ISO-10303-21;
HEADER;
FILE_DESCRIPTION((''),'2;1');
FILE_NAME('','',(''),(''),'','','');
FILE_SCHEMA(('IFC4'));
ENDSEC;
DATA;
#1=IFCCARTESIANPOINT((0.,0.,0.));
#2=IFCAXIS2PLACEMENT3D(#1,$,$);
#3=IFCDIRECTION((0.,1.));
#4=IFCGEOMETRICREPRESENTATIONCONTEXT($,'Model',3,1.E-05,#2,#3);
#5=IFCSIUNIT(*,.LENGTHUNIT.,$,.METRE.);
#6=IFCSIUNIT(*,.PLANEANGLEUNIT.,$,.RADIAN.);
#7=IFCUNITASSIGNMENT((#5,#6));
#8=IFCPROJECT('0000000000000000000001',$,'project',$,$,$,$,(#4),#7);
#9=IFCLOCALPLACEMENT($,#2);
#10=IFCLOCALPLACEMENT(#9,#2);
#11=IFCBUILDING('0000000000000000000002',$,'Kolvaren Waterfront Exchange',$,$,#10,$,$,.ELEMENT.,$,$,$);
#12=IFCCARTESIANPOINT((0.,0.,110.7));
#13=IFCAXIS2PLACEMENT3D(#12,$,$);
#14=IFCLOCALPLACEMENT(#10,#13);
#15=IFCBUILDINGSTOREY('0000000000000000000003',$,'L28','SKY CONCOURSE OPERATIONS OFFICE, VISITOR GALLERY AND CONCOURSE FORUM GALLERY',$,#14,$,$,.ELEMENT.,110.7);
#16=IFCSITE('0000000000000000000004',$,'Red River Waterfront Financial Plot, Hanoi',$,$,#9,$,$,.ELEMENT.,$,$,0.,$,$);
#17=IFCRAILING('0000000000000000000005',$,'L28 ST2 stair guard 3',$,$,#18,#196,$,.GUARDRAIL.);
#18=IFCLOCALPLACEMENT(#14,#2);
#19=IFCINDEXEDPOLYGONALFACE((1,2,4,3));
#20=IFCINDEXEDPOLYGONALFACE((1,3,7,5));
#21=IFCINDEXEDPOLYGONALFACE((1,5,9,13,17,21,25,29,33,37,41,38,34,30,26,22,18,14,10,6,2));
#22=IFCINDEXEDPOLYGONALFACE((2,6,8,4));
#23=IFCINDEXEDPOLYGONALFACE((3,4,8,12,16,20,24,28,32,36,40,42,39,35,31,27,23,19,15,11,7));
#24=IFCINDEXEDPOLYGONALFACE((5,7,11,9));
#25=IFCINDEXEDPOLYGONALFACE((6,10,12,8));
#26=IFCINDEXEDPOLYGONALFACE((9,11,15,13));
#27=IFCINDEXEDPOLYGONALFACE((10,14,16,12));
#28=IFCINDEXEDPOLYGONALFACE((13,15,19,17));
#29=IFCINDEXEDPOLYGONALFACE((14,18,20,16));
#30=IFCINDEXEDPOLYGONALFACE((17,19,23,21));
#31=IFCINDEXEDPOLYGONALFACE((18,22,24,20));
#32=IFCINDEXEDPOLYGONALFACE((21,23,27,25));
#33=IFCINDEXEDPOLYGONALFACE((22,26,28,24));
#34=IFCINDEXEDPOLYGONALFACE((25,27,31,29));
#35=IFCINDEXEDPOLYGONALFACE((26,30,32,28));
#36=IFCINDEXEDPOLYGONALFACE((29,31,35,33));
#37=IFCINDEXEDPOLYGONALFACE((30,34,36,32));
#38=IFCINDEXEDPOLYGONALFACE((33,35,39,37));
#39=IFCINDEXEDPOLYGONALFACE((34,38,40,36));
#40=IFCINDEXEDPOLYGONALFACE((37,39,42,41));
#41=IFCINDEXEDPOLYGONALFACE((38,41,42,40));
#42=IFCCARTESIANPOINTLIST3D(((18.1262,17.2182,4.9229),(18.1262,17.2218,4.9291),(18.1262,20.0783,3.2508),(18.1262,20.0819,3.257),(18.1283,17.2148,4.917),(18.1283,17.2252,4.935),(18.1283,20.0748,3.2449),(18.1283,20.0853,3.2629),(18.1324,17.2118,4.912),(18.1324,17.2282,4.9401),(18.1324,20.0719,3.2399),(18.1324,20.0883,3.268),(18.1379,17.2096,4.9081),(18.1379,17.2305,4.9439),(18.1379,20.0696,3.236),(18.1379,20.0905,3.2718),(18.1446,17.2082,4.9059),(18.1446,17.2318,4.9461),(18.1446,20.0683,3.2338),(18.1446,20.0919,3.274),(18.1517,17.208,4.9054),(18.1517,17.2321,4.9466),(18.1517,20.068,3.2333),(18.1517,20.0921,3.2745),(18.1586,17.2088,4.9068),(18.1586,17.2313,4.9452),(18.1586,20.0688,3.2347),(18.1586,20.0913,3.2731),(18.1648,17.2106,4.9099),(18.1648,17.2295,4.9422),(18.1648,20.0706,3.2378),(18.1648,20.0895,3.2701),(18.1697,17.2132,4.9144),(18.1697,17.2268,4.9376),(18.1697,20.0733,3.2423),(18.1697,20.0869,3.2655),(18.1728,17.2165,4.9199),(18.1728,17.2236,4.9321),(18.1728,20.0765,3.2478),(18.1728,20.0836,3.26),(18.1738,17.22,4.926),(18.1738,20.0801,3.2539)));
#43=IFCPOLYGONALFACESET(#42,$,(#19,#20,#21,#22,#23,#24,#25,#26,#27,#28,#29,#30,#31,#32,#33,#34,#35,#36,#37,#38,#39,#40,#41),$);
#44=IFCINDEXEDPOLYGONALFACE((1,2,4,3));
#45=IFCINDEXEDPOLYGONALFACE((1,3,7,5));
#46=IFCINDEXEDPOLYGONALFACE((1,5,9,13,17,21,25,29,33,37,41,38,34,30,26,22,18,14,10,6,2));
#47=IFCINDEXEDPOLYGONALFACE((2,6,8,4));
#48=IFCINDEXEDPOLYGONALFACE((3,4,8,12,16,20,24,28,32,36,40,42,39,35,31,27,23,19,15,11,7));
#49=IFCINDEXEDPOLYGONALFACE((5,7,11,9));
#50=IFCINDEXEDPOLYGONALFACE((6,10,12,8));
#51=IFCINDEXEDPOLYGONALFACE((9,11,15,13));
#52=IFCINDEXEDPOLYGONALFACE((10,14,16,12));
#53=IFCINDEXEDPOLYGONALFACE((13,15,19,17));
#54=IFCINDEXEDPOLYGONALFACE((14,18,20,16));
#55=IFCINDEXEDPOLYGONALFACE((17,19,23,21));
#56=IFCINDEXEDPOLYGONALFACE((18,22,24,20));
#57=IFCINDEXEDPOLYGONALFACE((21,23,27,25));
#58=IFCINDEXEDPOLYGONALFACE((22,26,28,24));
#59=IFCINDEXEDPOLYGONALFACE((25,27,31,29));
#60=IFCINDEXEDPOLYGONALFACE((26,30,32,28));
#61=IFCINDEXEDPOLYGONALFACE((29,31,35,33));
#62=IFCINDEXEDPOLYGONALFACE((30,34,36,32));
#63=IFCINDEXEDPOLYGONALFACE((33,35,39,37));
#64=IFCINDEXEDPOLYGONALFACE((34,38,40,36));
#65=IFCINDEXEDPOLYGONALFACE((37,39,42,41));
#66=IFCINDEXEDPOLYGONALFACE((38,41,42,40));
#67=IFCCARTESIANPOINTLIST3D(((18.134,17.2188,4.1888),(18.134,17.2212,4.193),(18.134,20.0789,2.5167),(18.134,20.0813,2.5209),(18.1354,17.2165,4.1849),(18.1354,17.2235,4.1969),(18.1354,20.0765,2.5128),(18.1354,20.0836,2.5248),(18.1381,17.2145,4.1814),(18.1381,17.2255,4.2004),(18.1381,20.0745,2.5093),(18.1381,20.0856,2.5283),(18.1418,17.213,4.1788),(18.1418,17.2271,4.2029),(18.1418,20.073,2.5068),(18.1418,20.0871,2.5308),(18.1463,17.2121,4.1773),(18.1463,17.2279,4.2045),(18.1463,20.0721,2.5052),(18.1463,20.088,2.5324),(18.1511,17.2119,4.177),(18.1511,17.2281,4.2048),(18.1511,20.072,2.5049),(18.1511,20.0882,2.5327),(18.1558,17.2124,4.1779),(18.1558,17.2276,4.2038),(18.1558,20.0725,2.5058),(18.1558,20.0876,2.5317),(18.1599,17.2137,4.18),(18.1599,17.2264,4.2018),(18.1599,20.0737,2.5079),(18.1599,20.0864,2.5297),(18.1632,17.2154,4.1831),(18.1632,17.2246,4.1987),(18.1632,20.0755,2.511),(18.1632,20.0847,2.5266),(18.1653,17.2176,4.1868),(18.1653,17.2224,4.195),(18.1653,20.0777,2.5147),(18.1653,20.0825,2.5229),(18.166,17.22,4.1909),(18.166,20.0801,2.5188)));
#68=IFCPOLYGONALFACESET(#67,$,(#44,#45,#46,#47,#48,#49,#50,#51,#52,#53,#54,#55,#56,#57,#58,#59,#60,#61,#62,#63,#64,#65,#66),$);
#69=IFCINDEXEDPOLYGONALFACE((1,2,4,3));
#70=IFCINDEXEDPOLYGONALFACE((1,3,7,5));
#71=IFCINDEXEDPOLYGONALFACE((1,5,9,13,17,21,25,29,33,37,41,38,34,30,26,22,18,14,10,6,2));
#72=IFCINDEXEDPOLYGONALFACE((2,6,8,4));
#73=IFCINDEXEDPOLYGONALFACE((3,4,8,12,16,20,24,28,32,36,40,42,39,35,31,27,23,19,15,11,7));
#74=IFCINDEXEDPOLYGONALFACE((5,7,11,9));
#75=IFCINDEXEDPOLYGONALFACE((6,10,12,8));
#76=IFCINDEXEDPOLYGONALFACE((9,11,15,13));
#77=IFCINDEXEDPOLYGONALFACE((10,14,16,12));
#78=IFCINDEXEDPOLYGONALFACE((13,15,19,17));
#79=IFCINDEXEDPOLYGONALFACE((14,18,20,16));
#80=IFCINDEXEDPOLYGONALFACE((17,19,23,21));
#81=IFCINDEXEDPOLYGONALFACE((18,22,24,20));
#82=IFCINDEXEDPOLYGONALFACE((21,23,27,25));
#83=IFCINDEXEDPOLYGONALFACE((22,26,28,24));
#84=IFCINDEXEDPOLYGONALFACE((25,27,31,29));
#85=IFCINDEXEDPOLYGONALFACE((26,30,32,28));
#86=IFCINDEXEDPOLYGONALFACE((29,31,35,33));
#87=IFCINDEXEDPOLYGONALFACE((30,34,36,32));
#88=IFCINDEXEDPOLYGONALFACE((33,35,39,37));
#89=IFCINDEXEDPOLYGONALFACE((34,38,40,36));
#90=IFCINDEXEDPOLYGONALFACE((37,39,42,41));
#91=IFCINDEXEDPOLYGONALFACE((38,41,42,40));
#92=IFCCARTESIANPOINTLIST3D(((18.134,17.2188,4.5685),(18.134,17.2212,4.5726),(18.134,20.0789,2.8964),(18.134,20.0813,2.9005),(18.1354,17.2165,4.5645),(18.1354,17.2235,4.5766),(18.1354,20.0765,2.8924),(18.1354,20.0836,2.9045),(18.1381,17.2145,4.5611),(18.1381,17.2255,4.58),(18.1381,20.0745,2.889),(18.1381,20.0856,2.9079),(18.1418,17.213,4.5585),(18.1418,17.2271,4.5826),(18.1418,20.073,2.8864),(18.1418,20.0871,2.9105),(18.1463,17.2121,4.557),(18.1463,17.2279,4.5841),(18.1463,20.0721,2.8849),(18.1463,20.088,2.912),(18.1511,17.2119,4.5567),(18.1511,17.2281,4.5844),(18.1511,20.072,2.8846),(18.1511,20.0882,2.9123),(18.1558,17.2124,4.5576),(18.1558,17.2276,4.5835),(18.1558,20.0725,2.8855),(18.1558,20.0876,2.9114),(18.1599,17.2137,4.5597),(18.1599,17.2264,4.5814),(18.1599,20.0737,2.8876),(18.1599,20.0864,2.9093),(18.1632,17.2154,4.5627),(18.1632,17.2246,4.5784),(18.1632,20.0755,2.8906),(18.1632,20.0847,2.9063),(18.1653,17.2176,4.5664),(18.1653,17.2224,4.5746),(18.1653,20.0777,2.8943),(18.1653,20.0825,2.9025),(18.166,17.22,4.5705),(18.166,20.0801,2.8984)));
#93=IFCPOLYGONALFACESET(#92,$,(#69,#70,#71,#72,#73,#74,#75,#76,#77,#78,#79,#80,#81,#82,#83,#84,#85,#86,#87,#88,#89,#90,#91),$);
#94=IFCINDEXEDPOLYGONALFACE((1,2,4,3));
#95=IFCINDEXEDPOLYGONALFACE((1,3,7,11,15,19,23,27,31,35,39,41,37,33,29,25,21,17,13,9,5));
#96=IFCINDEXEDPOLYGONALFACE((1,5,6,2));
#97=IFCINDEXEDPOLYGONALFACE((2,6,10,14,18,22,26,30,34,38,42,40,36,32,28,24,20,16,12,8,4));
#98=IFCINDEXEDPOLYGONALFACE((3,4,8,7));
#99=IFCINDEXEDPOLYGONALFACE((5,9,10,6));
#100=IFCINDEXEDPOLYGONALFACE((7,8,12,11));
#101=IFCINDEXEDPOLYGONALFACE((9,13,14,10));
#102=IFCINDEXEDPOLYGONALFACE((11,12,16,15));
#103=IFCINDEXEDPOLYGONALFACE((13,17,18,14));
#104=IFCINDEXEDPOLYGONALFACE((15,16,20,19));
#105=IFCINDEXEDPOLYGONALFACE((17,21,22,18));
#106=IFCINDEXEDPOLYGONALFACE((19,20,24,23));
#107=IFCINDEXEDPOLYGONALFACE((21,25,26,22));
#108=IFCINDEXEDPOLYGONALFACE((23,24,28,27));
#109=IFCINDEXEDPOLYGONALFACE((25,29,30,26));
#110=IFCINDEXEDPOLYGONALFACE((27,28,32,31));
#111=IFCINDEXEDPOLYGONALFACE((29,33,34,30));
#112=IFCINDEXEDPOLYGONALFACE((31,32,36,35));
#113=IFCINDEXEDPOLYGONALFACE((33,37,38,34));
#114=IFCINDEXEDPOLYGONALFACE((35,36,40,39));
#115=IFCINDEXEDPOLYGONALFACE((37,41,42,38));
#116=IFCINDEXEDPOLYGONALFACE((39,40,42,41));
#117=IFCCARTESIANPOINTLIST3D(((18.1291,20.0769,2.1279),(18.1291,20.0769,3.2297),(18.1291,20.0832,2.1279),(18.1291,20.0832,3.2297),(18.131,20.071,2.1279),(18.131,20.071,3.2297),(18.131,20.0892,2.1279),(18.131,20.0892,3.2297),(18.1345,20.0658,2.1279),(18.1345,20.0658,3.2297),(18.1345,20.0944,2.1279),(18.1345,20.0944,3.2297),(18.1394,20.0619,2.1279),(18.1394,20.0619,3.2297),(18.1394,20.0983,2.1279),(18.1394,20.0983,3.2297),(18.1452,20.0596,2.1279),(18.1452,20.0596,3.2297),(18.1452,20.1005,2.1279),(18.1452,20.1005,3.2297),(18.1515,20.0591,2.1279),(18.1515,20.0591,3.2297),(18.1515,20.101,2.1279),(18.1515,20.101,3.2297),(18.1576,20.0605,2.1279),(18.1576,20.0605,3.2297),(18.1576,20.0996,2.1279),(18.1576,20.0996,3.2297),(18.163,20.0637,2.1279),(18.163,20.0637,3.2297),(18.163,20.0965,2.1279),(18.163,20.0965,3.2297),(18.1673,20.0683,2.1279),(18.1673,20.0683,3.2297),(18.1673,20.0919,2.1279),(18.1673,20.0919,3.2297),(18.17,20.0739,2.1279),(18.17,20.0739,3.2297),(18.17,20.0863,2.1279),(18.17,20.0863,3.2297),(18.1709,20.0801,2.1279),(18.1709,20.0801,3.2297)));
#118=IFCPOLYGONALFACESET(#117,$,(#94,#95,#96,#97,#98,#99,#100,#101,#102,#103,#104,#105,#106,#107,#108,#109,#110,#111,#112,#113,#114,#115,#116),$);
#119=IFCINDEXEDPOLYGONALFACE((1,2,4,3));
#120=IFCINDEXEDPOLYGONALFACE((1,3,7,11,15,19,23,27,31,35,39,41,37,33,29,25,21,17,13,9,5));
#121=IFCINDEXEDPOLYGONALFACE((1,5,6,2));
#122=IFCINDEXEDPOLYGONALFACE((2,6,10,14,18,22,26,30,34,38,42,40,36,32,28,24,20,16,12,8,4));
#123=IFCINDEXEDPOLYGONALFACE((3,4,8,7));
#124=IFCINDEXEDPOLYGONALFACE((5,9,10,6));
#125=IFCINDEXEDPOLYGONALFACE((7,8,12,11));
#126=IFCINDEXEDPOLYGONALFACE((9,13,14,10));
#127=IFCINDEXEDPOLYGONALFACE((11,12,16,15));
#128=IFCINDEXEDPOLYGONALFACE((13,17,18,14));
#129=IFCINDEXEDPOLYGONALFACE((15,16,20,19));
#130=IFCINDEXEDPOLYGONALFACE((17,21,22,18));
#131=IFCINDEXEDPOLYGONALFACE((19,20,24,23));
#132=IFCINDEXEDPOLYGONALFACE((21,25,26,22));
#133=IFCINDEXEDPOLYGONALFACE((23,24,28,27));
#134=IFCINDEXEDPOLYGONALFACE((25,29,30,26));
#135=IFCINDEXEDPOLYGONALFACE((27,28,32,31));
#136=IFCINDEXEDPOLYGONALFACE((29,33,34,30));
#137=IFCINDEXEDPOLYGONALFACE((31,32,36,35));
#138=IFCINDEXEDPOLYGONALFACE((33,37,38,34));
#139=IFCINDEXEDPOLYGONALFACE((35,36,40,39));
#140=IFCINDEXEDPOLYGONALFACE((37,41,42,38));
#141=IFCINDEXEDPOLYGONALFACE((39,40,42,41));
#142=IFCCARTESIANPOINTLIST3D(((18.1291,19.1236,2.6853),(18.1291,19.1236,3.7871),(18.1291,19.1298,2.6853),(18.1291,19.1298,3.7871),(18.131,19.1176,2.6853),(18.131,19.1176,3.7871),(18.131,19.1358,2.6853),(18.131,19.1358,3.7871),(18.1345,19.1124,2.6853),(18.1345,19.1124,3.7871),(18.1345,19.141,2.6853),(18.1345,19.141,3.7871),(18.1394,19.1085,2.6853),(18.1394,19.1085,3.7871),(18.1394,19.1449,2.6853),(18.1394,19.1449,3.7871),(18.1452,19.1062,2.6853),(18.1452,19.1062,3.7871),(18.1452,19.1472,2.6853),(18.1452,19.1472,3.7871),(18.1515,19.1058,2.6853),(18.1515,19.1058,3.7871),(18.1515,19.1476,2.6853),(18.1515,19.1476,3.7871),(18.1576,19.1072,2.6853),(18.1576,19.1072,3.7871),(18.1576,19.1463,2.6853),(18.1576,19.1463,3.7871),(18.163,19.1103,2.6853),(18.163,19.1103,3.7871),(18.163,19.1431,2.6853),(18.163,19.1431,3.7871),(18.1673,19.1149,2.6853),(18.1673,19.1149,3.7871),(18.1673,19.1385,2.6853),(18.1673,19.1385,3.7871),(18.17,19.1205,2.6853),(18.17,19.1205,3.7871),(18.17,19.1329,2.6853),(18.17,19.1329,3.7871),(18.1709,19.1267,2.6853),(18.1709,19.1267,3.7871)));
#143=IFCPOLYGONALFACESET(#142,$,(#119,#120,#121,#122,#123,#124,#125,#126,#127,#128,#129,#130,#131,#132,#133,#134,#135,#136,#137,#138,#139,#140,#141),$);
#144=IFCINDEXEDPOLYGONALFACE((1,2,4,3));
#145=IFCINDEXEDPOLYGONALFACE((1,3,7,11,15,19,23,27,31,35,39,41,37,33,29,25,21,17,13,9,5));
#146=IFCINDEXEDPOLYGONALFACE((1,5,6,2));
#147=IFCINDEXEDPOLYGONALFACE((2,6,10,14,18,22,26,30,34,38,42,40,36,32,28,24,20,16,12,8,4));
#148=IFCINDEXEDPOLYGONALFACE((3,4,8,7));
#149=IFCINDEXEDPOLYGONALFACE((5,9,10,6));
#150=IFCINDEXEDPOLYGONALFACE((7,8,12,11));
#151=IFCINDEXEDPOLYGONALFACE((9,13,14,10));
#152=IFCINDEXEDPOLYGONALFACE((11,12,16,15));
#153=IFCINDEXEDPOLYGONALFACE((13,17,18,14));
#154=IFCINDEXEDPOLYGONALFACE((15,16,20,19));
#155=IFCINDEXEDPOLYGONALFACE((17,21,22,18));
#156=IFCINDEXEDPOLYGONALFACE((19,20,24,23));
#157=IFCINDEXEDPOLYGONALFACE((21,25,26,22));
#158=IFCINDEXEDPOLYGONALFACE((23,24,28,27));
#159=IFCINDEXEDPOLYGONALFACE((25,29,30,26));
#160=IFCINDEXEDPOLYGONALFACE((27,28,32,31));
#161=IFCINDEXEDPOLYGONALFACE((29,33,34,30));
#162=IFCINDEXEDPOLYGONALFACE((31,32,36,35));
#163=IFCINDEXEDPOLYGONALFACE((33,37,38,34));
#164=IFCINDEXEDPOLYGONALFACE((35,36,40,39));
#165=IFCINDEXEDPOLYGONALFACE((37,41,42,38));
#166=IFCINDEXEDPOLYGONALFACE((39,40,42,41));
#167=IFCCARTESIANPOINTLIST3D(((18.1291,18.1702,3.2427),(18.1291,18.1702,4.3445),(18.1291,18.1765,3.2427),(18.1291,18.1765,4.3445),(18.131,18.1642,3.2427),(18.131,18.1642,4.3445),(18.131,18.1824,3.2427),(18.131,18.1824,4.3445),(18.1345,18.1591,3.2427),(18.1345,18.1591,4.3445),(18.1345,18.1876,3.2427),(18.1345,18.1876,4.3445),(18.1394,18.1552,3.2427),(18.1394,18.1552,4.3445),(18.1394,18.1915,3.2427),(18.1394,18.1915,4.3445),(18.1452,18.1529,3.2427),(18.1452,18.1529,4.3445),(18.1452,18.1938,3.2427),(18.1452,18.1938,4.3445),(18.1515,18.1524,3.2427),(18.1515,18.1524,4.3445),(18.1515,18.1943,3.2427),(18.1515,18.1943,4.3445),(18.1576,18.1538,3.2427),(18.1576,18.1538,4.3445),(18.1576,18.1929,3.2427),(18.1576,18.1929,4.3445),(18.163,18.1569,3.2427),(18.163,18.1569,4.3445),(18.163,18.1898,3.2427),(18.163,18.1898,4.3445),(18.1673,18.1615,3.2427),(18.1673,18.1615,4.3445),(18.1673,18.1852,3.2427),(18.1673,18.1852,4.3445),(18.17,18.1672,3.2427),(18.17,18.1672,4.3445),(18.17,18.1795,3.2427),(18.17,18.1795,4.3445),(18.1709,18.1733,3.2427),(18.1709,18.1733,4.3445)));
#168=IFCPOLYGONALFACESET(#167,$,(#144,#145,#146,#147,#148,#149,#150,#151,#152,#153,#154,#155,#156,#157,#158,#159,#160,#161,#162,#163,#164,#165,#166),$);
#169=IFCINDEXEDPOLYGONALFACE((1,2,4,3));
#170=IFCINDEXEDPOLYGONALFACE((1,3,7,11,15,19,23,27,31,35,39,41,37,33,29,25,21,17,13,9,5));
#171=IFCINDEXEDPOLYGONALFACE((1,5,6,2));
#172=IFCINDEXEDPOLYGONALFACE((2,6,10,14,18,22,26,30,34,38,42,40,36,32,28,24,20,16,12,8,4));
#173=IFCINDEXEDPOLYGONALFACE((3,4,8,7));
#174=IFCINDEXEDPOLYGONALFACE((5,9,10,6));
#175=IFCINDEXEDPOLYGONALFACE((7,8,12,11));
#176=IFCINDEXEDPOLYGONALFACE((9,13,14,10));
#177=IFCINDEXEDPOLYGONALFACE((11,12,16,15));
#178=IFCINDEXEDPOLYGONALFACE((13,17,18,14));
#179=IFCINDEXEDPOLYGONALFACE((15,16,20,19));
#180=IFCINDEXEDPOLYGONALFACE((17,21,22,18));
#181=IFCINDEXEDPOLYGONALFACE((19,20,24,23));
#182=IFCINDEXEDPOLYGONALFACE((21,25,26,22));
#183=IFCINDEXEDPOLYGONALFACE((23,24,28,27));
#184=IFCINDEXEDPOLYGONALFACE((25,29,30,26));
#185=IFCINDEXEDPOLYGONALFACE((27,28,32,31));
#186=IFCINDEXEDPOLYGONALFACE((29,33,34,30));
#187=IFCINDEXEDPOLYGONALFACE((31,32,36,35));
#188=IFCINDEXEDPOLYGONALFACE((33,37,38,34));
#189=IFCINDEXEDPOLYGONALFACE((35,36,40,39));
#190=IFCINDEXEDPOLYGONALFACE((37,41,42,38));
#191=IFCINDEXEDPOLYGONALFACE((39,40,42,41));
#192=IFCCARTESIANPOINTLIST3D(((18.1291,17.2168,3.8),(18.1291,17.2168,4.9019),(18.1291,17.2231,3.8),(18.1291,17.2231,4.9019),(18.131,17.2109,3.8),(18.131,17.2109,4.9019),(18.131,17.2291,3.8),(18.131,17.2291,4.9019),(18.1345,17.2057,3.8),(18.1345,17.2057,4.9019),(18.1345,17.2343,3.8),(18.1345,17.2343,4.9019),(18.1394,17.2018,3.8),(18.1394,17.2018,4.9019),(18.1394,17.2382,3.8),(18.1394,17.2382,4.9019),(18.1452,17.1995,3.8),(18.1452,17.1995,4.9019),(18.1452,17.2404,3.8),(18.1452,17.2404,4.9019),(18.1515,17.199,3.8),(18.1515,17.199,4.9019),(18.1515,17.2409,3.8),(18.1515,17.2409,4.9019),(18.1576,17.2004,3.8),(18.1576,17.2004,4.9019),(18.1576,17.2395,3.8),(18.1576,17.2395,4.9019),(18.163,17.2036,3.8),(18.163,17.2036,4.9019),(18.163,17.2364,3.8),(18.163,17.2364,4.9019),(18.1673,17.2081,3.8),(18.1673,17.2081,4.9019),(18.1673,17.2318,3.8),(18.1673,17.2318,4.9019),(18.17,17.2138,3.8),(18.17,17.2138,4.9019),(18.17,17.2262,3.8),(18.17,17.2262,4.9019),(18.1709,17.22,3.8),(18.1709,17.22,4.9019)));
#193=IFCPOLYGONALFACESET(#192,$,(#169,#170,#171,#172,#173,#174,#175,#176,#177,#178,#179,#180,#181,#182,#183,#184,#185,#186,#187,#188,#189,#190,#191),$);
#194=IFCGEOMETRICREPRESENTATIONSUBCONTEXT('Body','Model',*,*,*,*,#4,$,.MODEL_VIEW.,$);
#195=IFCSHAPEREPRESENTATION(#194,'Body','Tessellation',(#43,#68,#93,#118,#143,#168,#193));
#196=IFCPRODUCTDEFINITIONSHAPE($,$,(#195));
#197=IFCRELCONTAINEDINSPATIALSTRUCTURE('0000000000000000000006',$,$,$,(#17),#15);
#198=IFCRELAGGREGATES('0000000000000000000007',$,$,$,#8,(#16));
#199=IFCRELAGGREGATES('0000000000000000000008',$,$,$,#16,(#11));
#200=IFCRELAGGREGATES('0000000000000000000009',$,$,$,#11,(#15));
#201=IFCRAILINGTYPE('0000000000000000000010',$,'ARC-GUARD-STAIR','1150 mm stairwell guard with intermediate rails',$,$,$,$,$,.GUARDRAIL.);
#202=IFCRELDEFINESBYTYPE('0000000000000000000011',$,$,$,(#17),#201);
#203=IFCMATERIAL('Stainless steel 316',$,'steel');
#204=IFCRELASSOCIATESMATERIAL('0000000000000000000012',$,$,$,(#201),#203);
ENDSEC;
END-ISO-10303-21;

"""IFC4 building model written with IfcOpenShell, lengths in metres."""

from ifc_helpers import new_model, si_unit, direction, frame, origin, origin_2d, place, context, subcontext, project, spatial, circle, extrude, material, type_object, element, save


model = new_model("IFC4")

# Units and contexts
model_context = context("Model", 3, precision=1e-05, world=origin(), true_north=direction((0.0, 1.0)))
body_context = subcontext(model_context, "Body", "Model", "MODEL_VIEW")
ifc_project = project(units=[si_unit("LENGTHUNIT", "METRE"), si_unit("PLANEANGLEUNIT", "RADIAN")], contexts=[model_context])

# Site, building, storey
site_placement = place(None, origin())
site = spatial("IfcSite", under=ifc_project, at=site_placement, Name="Red River Waterfront Financial Plot, Hanoi", CompositionType="ELEMENT", RefElevation=0.0)
building_placement = place(site_placement, origin())
building = spatial("IfcBuilding", under=site, at=building_placement, Name="Kolvaren Waterfront Exchange", CompositionType="ELEMENT")
storey_placement = place(building_placement, frame((0.0, 0.0, 110.7)))
storey = spatial("IfcBuildingStorey", under=building, at=storey_placement, Name="L28", Description="SKY CONCOURSE OPERATIONS OFFICE, VISITOR GALLERY AND CONCOURSE FORUM GALLERY", CompositionType="ELEMENT", Elevation=110.7)

# Railing
ifc_material_1 = material(Name="Stainless steel 316", Category="steel")
railing_type_1 = type_object("IfcRailingType", Name="ARC-GUARD-STAIR", Description="1150 mm stairwell guard with intermediate rails", PredefinedType="GUARDRAIL", material=ifc_material_1)
railing_1_placement = place(storey_placement, frame((18.1499, 20.0801, 2.1279)))
element("IfcRailing", 1, at=railing_1_placement, inside=storey, type_object=railing_type_1, Name="L28 ST2 stair guard 3", PredefinedType="GUARDRAIL", context=body_context, shape_type="SweptSolid", body=[
    extrude(circle(Radius=0.0239, at=origin_2d()), frame((0.0, 0.0, 1.126), z_axis=(0.0, -0.863289, 0.504709), x_axis=(1.0, 0.0, 0.0)), (0.0, 0.0, 1.0), 3.313),
    extrude(circle(Radius=0.0161, at=origin_2d()), frame((0.0, 0.0, 0.3909), z_axis=(0.0, -0.863289, 0.504709), x_axis=(1.0, 0.0, 0.0)), (0.0, 0.0, 1.0), 3.313),
    extrude(circle(Radius=0.0161, at=origin_2d()), frame((0.0, 0.0, 0.7705), z_axis=(0.0, -0.863289, 0.504709), x_axis=(1.0, 0.0, 0.0)), (0.0, 0.0, 1.0), 3.313),
    extrude(circle(Radius=0.021, at=origin_2d()), origin(), (0.0, 0.0, 1.0), 1.1018),
    extrude(circle(Radius=0.021, at=origin_2d()), frame((0.0, -0.9534, 0.5574)), (0.0, 0.0, 1.0), 1.1018),
    extrude(circle(Radius=0.021, at=origin_2d()), frame((0.0, -1.9067, 1.1147)), (0.0, 0.0, 1.0), 1.1018),
    extrude(circle(Radius=0.021, at=origin_2d()), frame((0.0, -2.8601, 1.6721)), (0.0, 0.0, 1.0), 1.1018),
])

save(model, "model.ifc")
